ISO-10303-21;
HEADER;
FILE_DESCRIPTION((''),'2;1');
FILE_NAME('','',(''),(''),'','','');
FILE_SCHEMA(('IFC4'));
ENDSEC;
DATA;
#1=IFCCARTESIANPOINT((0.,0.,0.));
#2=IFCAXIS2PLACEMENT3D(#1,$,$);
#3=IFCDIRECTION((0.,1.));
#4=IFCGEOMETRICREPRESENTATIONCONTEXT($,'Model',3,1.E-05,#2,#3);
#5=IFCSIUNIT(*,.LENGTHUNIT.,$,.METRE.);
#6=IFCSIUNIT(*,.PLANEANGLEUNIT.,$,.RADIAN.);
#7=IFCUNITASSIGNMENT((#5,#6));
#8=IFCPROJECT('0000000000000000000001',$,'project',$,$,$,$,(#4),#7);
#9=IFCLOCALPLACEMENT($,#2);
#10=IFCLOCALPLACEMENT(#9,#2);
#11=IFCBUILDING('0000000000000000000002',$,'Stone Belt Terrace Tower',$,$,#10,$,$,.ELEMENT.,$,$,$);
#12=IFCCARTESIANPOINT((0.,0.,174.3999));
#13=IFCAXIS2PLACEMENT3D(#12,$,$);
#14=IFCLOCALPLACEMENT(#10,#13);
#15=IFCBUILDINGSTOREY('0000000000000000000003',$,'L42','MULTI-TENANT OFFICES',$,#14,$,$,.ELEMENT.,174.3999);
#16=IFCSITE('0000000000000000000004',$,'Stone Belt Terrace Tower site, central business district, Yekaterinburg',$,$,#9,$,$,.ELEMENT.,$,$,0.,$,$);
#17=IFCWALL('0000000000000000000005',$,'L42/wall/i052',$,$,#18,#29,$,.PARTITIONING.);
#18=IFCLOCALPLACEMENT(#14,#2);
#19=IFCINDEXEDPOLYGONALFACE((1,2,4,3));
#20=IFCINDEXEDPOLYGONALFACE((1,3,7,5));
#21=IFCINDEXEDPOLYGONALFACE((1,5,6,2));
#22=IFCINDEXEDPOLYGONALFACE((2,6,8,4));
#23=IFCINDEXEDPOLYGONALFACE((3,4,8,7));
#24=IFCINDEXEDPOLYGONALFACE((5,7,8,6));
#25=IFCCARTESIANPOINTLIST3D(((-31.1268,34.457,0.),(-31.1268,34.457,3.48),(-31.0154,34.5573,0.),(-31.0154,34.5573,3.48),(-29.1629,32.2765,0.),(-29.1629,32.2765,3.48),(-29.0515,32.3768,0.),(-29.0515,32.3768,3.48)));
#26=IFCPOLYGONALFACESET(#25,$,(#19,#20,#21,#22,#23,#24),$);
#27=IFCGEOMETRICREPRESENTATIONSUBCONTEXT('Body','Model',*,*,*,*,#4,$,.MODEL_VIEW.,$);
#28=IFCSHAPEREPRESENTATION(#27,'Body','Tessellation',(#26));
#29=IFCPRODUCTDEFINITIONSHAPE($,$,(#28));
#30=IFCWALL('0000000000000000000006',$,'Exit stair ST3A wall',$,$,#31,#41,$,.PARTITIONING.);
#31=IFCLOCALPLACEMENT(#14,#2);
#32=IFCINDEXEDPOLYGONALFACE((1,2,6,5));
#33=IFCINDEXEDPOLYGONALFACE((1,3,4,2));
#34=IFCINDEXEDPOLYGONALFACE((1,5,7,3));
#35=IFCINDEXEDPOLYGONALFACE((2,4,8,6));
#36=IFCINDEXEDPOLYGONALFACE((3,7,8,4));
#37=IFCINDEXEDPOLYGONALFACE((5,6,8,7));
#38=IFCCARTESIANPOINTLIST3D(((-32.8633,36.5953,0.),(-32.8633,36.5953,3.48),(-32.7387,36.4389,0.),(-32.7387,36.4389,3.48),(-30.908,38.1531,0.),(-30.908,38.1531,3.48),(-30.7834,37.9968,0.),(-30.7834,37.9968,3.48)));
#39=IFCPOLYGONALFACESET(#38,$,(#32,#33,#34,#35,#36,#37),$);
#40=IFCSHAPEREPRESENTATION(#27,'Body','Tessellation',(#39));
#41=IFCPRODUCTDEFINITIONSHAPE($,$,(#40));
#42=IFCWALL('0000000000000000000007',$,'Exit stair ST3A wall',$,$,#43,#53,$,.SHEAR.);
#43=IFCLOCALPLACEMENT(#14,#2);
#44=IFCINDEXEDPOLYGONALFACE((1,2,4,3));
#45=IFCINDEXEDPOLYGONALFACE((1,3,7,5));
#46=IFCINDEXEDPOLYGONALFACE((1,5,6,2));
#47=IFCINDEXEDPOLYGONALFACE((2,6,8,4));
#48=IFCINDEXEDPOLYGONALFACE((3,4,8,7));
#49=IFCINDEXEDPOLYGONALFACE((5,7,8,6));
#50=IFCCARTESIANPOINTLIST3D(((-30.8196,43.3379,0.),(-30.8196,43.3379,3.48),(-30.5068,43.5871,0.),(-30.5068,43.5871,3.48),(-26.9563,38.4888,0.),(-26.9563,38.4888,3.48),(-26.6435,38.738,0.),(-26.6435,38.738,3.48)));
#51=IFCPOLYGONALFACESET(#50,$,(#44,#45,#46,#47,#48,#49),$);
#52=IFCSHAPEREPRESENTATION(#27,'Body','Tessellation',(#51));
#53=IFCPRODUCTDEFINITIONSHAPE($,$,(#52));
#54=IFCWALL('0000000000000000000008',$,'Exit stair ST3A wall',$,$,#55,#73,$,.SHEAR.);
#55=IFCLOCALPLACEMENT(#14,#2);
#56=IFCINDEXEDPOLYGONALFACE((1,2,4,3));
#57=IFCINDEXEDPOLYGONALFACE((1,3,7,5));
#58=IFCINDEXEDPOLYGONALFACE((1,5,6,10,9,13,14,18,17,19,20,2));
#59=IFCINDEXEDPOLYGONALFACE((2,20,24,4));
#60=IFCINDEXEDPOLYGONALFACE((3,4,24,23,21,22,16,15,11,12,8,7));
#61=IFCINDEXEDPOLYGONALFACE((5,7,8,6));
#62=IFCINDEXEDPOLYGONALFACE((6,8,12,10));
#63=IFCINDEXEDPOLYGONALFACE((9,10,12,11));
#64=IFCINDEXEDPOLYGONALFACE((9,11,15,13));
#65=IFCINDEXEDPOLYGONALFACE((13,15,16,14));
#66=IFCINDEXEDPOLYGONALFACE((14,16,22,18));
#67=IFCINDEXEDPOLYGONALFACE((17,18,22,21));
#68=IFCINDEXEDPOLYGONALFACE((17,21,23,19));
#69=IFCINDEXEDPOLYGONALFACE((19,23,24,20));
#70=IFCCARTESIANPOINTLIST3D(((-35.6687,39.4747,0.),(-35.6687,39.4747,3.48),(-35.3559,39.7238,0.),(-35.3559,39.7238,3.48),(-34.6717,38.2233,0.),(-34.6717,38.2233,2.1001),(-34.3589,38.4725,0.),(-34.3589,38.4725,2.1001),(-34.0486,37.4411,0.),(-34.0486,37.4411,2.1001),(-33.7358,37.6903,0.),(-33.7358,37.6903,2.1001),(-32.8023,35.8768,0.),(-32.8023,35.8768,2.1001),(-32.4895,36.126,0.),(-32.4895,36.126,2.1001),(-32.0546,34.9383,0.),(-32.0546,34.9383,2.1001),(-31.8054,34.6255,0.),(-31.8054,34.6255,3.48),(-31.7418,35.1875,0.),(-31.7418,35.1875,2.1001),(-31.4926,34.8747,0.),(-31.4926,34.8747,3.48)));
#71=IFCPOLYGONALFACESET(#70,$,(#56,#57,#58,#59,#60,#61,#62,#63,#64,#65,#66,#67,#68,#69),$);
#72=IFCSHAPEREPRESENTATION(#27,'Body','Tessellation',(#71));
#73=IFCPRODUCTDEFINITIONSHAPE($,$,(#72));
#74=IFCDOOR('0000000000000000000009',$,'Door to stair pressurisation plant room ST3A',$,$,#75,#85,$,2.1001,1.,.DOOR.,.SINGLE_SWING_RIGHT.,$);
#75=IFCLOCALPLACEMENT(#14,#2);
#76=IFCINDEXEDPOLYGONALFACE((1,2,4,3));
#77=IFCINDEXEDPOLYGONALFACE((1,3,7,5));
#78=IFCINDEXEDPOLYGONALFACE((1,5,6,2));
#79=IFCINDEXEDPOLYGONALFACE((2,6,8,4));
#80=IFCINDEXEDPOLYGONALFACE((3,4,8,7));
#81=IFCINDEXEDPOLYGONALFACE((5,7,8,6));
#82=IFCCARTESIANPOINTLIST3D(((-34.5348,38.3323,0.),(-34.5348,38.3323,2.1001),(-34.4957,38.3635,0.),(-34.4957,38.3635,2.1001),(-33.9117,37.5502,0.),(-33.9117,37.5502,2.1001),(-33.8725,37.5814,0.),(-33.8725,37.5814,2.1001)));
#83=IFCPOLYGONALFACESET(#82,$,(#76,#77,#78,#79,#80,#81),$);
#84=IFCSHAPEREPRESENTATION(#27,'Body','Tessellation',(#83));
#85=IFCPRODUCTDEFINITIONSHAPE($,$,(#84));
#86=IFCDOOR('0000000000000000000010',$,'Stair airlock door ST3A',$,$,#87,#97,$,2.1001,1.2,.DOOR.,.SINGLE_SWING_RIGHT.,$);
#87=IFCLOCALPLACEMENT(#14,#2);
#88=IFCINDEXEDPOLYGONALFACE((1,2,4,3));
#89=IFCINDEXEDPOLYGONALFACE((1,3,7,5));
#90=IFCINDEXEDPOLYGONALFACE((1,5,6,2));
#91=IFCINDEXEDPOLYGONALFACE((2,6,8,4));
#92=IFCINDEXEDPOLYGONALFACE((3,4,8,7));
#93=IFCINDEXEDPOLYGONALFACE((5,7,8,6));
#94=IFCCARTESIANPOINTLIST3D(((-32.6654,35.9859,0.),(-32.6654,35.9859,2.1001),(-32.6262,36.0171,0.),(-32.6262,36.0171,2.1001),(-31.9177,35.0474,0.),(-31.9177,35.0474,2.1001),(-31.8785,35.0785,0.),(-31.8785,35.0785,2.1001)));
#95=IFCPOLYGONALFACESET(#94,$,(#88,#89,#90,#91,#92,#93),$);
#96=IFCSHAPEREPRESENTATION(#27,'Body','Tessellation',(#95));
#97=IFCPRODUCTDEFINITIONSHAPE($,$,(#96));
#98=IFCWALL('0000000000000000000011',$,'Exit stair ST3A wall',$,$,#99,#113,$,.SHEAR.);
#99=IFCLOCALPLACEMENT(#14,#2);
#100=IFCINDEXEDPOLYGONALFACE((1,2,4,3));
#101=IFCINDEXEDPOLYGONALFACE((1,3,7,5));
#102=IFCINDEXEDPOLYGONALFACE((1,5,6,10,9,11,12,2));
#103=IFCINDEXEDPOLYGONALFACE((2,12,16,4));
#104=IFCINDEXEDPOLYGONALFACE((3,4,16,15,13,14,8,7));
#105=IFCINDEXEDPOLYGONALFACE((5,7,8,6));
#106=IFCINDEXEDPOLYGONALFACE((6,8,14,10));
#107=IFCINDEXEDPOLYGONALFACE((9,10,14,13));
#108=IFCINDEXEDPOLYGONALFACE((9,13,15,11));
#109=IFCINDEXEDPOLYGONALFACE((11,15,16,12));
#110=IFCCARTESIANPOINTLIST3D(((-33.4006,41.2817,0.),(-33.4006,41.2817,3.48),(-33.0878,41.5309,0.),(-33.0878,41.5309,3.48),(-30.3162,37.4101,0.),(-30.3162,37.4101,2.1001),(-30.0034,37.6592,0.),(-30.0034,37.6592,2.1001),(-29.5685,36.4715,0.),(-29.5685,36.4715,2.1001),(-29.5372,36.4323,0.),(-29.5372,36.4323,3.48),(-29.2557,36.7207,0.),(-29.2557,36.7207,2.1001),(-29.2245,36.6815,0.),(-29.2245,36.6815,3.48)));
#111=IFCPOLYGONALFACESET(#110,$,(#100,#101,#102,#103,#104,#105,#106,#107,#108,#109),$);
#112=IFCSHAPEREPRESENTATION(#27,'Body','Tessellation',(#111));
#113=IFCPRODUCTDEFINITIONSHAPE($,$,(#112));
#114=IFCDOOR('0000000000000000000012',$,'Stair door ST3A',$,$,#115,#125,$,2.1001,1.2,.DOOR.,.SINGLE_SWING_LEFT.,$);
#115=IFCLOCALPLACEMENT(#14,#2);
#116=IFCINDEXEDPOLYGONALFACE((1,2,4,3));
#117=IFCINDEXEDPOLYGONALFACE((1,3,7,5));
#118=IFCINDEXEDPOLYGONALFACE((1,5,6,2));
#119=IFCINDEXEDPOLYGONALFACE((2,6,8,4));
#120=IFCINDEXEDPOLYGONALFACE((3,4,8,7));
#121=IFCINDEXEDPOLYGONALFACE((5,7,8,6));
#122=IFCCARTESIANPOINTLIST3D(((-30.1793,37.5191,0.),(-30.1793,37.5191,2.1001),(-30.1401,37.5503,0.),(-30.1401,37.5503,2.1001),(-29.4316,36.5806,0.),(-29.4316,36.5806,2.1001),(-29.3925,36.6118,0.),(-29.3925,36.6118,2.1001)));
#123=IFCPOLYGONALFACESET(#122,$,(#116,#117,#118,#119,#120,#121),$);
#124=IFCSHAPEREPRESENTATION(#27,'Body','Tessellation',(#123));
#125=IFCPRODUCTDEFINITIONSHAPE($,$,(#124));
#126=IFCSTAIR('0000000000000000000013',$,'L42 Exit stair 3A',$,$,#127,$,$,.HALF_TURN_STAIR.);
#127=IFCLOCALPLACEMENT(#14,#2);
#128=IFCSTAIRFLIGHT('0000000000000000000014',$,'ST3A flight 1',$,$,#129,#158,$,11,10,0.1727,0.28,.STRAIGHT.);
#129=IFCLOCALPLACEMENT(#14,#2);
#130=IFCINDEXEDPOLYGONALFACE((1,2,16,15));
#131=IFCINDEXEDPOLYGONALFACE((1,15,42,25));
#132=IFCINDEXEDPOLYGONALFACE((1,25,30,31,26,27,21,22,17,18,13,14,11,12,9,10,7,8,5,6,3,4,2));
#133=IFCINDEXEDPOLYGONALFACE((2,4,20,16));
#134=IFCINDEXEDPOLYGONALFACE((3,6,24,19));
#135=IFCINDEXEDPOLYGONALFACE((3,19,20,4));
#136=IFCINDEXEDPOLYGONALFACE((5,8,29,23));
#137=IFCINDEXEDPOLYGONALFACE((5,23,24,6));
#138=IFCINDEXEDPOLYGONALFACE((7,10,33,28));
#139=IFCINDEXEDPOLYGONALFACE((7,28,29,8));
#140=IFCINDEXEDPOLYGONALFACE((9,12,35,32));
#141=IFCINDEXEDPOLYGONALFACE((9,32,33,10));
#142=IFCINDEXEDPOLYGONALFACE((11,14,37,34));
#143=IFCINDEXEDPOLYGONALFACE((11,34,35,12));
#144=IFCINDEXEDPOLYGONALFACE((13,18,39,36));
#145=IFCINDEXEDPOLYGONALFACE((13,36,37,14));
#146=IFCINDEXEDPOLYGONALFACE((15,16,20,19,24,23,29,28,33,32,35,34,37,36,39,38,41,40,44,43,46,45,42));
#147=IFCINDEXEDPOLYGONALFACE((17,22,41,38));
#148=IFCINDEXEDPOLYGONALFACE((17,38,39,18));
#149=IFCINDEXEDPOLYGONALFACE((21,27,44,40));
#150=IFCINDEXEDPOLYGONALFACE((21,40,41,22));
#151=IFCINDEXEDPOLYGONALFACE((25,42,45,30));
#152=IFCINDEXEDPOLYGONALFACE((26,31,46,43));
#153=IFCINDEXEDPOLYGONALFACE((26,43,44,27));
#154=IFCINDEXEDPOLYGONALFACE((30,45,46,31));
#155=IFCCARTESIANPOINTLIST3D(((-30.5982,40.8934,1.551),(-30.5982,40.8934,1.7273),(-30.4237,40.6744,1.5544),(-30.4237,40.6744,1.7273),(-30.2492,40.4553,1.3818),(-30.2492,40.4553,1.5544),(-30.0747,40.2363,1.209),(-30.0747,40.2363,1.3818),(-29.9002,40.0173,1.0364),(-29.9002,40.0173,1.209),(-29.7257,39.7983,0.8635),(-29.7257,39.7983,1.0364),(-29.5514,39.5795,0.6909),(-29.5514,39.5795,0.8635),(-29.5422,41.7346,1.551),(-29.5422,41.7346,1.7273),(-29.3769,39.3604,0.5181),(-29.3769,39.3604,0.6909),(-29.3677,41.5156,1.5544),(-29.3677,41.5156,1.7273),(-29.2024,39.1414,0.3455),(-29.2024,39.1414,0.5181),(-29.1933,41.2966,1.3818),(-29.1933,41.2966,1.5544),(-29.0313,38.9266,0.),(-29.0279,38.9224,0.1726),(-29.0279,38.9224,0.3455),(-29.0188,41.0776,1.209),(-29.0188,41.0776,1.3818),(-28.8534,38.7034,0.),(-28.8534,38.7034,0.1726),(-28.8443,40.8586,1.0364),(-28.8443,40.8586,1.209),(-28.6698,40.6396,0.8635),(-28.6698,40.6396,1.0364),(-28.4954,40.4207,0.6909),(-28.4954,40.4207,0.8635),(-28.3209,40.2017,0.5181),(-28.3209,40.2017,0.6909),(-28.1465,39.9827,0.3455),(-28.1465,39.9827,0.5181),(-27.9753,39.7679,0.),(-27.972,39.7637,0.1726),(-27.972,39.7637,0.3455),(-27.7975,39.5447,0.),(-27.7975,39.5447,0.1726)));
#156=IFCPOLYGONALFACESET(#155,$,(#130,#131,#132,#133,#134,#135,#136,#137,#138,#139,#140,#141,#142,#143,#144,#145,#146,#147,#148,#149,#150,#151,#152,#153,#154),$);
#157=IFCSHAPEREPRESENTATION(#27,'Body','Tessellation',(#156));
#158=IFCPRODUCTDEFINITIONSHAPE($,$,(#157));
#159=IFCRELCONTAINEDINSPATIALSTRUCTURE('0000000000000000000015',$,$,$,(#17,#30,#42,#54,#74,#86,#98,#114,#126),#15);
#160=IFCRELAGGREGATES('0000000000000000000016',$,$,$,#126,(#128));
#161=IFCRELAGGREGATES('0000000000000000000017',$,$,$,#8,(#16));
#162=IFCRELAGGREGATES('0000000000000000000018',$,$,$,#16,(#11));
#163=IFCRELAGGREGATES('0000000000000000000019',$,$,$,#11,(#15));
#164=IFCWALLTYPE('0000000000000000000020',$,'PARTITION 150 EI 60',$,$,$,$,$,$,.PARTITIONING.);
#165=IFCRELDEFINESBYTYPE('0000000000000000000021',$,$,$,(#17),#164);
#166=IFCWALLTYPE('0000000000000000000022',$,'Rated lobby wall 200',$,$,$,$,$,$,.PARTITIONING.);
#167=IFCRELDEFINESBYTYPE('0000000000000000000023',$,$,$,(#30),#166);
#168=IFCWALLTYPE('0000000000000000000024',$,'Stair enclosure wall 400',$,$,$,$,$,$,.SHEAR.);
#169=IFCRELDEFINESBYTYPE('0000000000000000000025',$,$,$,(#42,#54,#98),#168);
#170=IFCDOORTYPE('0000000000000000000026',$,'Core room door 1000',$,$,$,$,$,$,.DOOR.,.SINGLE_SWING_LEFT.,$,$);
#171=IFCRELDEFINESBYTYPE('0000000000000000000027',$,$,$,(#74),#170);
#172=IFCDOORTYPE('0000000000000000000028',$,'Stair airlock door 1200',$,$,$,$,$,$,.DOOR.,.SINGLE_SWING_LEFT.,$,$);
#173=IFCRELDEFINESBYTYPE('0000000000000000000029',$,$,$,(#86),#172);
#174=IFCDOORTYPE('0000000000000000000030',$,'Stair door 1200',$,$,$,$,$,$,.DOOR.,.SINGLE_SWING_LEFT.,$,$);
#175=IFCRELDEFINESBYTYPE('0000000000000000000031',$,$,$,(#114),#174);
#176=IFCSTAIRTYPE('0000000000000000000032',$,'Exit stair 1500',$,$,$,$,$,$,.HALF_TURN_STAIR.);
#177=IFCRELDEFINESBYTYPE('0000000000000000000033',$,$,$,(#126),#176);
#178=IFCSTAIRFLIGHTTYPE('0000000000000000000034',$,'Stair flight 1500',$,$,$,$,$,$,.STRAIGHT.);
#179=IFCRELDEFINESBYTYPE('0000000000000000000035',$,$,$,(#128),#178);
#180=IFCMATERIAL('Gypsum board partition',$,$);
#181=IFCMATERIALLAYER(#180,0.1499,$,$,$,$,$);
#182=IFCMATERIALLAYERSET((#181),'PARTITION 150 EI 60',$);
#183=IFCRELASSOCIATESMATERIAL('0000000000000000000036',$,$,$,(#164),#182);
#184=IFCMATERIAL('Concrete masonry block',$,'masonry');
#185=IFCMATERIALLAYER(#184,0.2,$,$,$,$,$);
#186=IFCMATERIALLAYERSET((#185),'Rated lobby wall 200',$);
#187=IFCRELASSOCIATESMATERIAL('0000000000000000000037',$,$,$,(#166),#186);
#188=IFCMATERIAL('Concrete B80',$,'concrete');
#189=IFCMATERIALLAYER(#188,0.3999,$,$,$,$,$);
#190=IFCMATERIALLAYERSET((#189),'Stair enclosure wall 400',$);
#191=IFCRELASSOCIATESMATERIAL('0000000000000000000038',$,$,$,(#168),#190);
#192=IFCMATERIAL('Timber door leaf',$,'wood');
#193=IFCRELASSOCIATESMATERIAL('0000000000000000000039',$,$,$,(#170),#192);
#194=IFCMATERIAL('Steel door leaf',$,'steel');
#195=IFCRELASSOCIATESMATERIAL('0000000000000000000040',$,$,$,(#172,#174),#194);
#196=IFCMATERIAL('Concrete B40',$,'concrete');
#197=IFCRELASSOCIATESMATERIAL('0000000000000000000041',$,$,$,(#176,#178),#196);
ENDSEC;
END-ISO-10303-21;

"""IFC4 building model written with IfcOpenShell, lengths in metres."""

from ifc_helpers import new_model, si_unit, direction, frame, frame_2d, origin, place, context, subcontext, project, spatial, polyline, rectangle, outline, extrude, material, layer, layer_set, type_object, element, fill, aggregate, save


model = new_model("IFC4")

# Units and contexts
model_context = context("Model", 3, precision=1e-05, world=origin(), true_north=direction((0.0, 1.0)))
body_context = subcontext(model_context, "Body", "Model", "MODEL_VIEW")
ifc_project = project(units=[si_unit("LENGTHUNIT", "METRE"), si_unit("PLANEANGLEUNIT", "RADIAN")], contexts=[model_context])

# Site, building, storey
site_placement = place(None, origin())
site = spatial("IfcSite", under=ifc_project, at=site_placement, Name="Stone Belt Terrace Tower site, central business district, Yekaterinburg", CompositionType="ELEMENT", RefElevation=0.0)
building_placement = place(site_placement, origin())
building = spatial("IfcBuilding", under=site, at=building_placement, Name="Stone Belt Terrace Tower", CompositionType="ELEMENT")
storey_placement = place(building_placement, frame((0.0, 0.0, 174.3999)))
storey = spatial("IfcBuildingStorey", under=building, at=storey_placement, Name="L42", Description="MULTI-TENANT OFFICES", CompositionType="ELEMENT", Elevation=174.3999)

# Shared definitions
ifc_material_1 = material(Name="Concrete B80", Category="concrete")

# Shared definitions
ifc_material_2 = material(Name="Gypsum board partition")
ifc_layer_1 = layer(ifc_material_2, 0.1499)
ifc_layer_set_1 = layer_set([ifc_layer_1], Name="PARTITION 150 EI 60")
wall_type_1 = type_object("IfcWallType", Name="PARTITION 150 EI 60", PredefinedType="PARTITIONING", material=ifc_layer_set_1)
ifc_material_3 = material(Name="Timber door leaf", Category="wood")

# Walls
wall_1_placement = place(storey_placement, frame((-29.1072, 32.3267, 0.0), z_axis=(0.0, 0.0, 1.0), x_axis=(-0.669245, 0.743042, 0.0)))
element("IfcWall", 1, at=wall_1_placement, inside=storey, type_object=wall_type_1, Name="L42/wall/i052", PredefinedType="PARTITIONING", context=body_context, shape_type="SweptSolid", body=[
    extrude(rectangle(XDim=2.9346, YDim=0.1499, at=frame_2d((1.4673, 0.0))), origin(), (0.0, 0.0, 1.0), 3.48),
])
ifc_material_4 = material(Name="Concrete masonry block", Category="masonry")
ifc_layer_2 = layer(ifc_material_4, 0.2)
ifc_layer_set_2 = layer_set([ifc_layer_2], Name="Rated lobby wall 200")
wall_type_2 = type_object("IfcWallType", Name="Rated lobby wall 200", PredefinedType="PARTITIONING", material=ifc_layer_set_2)
wall_2_placement = place(storey_placement, frame((-30.8457, 38.075, 0.0), z_axis=(0.0, 0.0, 1.0), x_axis=(-0.782115, -0.623134, 0.0)))
element("IfcWall", 2, at=wall_2_placement, inside=storey, type_object=wall_type_2, Name="Exit stair ST3A wall", PredefinedType="PARTITIONING", context=body_context, shape_type="SweptSolid", body=[
    extrude(rectangle(XDim=2.5, YDim=0.2, at=frame_2d((1.25, 0.0))), origin(), (0.0, 0.0, 1.0), 3.48),
])
ifc_layer_3 = layer(ifc_material_1, 0.3999)
ifc_layer_set_3 = layer_set([ifc_layer_3], Name="Stair enclosure wall 400")
wall_type_3 = type_object("IfcWallType", Name="Stair enclosure wall 400", PredefinedType="SHEAR", material=ifc_layer_set_3)
wall_3_placement = place(storey_placement, frame((-26.7998, 38.6133, 0.0), z_axis=(0.0, 0.0, 1.0), x_axis=(-0.623119, 0.782127, 0.0)))
element("IfcWall", 3, at=wall_3_placement, inside=storey, type_object=wall_type_3, Name="Exit stair ST3A wall", PredefinedType="SHEAR", context=body_context, shape_type="SweptSolid", body=[
    extrude(rectangle(XDim=6.2, YDim=0.3999, at=frame_2d((3.1001, 0.0))), origin(), (0.0, 0.0, 1.0), 3.48),
])

# Wall, openings, doors
wall_4_placement = place(storey_placement, frame((-31.6489, 34.75, 0.0), z_axis=(0.0, 0.0, 1.0), x_axis=(-0.623119, 0.782127, 0.0)))
wall_4 = element("IfcWall", 4, at=wall_4_placement, inside=storey, type_object=wall_type_3, Name="Exit stair ST3A wall", PredefinedType="SHEAR", context=body_context, shape_type="SweptSolid", body=[
    extrude(rectangle(XDim=6.2, YDim=0.3999, at=frame_2d((3.1001, 0.0))), origin(), (0.0, 0.0, 1.0), 3.48),
])
opening_1_placement = place(wall_4_placement, frame((0.3999, 0.0, 0.0)))
opening_1 = element("IfcOpeningElement", 5, at=opening_1_placement, cuts=wall_4, PredefinedType="OPENING", context=body_context, shape_type="SweptSolid", body=[
    extrude(rectangle(XDim=1.2, YDim=2.1001, at=frame_2d((0.6001, 1.05))), frame((0.0, 0.21, 0.0), z_axis=(0.0, -1.0, 0.0), x_axis=(1.0, 0.0, 0.0)), (0.0, 0.0, 1.0), 0.4199),
])
opening_2_placement = place(wall_4_placement, frame((3.6001, 0.0, 0.0)))
opening_2 = element("IfcOpeningElement", 6, at=opening_2_placement, cuts=wall_4, PredefinedType="OPENING", context=body_context, shape_type="SweptSolid", body=[
    extrude(rectangle(XDim=1.0, YDim=2.1001, at=frame_2d((0.5, 1.05))), frame((0.0, 0.21, 0.0), z_axis=(0.0, -1.0, 0.0), x_axis=(1.0, 0.0, 0.0)), (0.0, 0.0, 1.0), 0.4199),
])
door_type_1 = type_object("IfcDoorType", Name="Core room door 1000", OperationType="SINGLE_SWING_LEFT", PredefinedType="DOOR", material=ifc_material_3)
door_1_placement = place(opening_2_placement, origin())
door_1 = element("IfcDoor", 7, at=door_1_placement, inside=storey, type_object=door_type_1, Name="Door to stair pressurisation plant room ST3A", OperationType="SINGLE_SWING_RIGHT", OverallHeight=2.1001, OverallWidth=1.0, PredefinedType="DOOR", context=body_context, shape_type="SweptSolid", body=[
    extrude(rectangle(XDim=1.0, YDim=2.1001, at=frame_2d((0.5, 1.05))), frame((0.0, 0.0249, 0.0), z_axis=(0.0, -1.0, 0.0), x_axis=(1.0, 0.0, 0.0)), (0.0, 0.0, 1.0), 0.05),
])
fill(opening_2, door_1)
ifc_material_5 = material(Name="Steel door leaf", Category="steel")
door_type_2 = type_object("IfcDoorType", Name="Stair airlock door 1200", OperationType="SINGLE_SWING_LEFT", PredefinedType="DOOR", material=ifc_material_5)
door_2_placement = place(opening_1_placement, origin())
door_2 = element("IfcDoor", 8, at=door_2_placement, inside=storey, type_object=door_type_2, Name="Stair airlock door ST3A", OperationType="SINGLE_SWING_RIGHT", OverallHeight=2.1001, OverallWidth=1.2, PredefinedType="DOOR", context=body_context, shape_type="SweptSolid", body=[
    extrude(rectangle(XDim=1.2, YDim=2.1001, at=frame_2d((0.6001, 1.05))), frame((0.0, 0.0249, 0.0), z_axis=(0.0, -1.0, 0.0), x_axis=(1.0, 0.0, 0.0)), (0.0, 0.0, 1.0), 0.05),
])
fill(opening_1, door_2)

# Wall, opening, door
wall_5_placement = place(storey_placement, frame((-29.3809, 36.5569, 0.0), z_axis=(0.0, 0.0, 1.0), x_axis=(-0.623099, 0.782143, 0.0)))
wall_5 = element("IfcWall", 9, at=wall_5_placement, inside=storey, type_object=wall_type_3, Name="Exit stair ST3A wall", PredefinedType="SHEAR", context=body_context, shape_type="SweptSolid", body=[
    extrude(rectangle(XDim=6.2002, YDim=0.3999, at=frame_2d((3.1001, 0.0))), origin(), (0.0, 0.0, 1.0), 3.48),
])
opening_3_placement = place(wall_5_placement, frame((0.05, 0.0, 0.0)))
opening_3 = element("IfcOpeningElement", 10, at=opening_3_placement, cuts=wall_5, PredefinedType="OPENING", context=body_context, shape_type="SweptSolid", body=[
    extrude(rectangle(XDim=1.2, YDim=2.1001, at=frame_2d((0.6001, 1.05))), frame((0.0, 0.21, 0.0), z_axis=(0.0, -1.0, 0.0), x_axis=(1.0, 0.0, 0.0)), (0.0, 0.0, 1.0), 0.4199),
])
door_type_3 = type_object("IfcDoorType", Name="Stair door 1200", OperationType="SINGLE_SWING_LEFT", PredefinedType="DOOR", material=ifc_material_5)
door_3_placement = place(opening_3_placement, origin())
door_3 = element("IfcDoor", 11, at=door_3_placement, inside=storey, type_object=door_type_3, Name="Stair door ST3A", OperationType="SINGLE_SWING_LEFT", OverallHeight=2.1001, OverallWidth=1.2, PredefinedType="DOOR", context=body_context, shape_type="SweptSolid", body=[
    extrude(rectangle(XDim=1.2, YDim=2.1001, at=frame_2d((0.6001, 1.05))), frame((0.0, 0.0249, 0.0), z_axis=(0.0, -1.0, 0.0), x_axis=(1.0, 0.0, 0.0)), (0.0, 0.0, 1.0), 0.05),
])
fill(opening_3, door_3)

# Stair, stair flight
ifc_material_6 = material(Name="Concrete B40", Category="concrete")
stair_type = type_object("IfcStairType", Name="Exit stair 1500", PredefinedType="HALF_TURN_STAIR", material=ifc_material_6)
stair_placement = place(storey_placement, origin())
stair = element("IfcStair", 12, at=stair_placement, inside=storey, type_object=stair_type, Name="L42 Exit stair 3A", PredefinedType="HALF_TURN_STAIR")
stair_flight_type = type_object("IfcStairFlightType", Name="Stair flight 1500", PredefinedType="STRAIGHT", material=ifc_material_6)
stair_flight_1_placement = place(storey_placement, frame((-28.3254, 39.124, 0.0), z_axis=(0.0, 0.0, 1.0), x_axis=(-0.623121, 0.782125, 0.0)))
stair_flight_1 = element("IfcStairFlight", 13, at=stair_flight_1_placement, type_object=stair_flight_type, Name="ST3A flight 1", NumberOfRisers=11, NumberOfTreads=10, PredefinedType="STRAIGHT", RiserHeight=0.1727, TreadLength=0.28, context=body_context, shape_type="SweptSolid", body=[
    extrude(outline(polyline([(0.0, 0.0), (0.0, 0.1726), (0.28, 0.1726), (0.28, 0.3455), (0.5601, 0.3455), (0.5601, 0.5181), (0.8401, 0.5181), (0.8401, 0.6909), (1.1201, 0.6909), (1.1201, 0.8635), (1.3999, 0.8635), (1.3999, 1.0364), (1.6799, 1.0364), (1.6799, 1.209), (1.96, 1.209), (1.96, 1.3818), (2.24, 1.3818), (2.24, 1.5544), (2.52, 1.5544), (2.52, 1.7273), (2.8, 1.7273), (2.8, 1.8999), (2.8, 1.551), (0.2854, 0.0), (0.0, 0.0)])), frame((0.0, 0.675, 0.0), z_axis=(0.0, -1.0, 0.0), x_axis=(1.0, 0.0, 0.0)), (0.0, 0.0, 1.0), 1.3501),
])
aggregate(stair, [stair_flight_1])

save(model, "model.ifc")
